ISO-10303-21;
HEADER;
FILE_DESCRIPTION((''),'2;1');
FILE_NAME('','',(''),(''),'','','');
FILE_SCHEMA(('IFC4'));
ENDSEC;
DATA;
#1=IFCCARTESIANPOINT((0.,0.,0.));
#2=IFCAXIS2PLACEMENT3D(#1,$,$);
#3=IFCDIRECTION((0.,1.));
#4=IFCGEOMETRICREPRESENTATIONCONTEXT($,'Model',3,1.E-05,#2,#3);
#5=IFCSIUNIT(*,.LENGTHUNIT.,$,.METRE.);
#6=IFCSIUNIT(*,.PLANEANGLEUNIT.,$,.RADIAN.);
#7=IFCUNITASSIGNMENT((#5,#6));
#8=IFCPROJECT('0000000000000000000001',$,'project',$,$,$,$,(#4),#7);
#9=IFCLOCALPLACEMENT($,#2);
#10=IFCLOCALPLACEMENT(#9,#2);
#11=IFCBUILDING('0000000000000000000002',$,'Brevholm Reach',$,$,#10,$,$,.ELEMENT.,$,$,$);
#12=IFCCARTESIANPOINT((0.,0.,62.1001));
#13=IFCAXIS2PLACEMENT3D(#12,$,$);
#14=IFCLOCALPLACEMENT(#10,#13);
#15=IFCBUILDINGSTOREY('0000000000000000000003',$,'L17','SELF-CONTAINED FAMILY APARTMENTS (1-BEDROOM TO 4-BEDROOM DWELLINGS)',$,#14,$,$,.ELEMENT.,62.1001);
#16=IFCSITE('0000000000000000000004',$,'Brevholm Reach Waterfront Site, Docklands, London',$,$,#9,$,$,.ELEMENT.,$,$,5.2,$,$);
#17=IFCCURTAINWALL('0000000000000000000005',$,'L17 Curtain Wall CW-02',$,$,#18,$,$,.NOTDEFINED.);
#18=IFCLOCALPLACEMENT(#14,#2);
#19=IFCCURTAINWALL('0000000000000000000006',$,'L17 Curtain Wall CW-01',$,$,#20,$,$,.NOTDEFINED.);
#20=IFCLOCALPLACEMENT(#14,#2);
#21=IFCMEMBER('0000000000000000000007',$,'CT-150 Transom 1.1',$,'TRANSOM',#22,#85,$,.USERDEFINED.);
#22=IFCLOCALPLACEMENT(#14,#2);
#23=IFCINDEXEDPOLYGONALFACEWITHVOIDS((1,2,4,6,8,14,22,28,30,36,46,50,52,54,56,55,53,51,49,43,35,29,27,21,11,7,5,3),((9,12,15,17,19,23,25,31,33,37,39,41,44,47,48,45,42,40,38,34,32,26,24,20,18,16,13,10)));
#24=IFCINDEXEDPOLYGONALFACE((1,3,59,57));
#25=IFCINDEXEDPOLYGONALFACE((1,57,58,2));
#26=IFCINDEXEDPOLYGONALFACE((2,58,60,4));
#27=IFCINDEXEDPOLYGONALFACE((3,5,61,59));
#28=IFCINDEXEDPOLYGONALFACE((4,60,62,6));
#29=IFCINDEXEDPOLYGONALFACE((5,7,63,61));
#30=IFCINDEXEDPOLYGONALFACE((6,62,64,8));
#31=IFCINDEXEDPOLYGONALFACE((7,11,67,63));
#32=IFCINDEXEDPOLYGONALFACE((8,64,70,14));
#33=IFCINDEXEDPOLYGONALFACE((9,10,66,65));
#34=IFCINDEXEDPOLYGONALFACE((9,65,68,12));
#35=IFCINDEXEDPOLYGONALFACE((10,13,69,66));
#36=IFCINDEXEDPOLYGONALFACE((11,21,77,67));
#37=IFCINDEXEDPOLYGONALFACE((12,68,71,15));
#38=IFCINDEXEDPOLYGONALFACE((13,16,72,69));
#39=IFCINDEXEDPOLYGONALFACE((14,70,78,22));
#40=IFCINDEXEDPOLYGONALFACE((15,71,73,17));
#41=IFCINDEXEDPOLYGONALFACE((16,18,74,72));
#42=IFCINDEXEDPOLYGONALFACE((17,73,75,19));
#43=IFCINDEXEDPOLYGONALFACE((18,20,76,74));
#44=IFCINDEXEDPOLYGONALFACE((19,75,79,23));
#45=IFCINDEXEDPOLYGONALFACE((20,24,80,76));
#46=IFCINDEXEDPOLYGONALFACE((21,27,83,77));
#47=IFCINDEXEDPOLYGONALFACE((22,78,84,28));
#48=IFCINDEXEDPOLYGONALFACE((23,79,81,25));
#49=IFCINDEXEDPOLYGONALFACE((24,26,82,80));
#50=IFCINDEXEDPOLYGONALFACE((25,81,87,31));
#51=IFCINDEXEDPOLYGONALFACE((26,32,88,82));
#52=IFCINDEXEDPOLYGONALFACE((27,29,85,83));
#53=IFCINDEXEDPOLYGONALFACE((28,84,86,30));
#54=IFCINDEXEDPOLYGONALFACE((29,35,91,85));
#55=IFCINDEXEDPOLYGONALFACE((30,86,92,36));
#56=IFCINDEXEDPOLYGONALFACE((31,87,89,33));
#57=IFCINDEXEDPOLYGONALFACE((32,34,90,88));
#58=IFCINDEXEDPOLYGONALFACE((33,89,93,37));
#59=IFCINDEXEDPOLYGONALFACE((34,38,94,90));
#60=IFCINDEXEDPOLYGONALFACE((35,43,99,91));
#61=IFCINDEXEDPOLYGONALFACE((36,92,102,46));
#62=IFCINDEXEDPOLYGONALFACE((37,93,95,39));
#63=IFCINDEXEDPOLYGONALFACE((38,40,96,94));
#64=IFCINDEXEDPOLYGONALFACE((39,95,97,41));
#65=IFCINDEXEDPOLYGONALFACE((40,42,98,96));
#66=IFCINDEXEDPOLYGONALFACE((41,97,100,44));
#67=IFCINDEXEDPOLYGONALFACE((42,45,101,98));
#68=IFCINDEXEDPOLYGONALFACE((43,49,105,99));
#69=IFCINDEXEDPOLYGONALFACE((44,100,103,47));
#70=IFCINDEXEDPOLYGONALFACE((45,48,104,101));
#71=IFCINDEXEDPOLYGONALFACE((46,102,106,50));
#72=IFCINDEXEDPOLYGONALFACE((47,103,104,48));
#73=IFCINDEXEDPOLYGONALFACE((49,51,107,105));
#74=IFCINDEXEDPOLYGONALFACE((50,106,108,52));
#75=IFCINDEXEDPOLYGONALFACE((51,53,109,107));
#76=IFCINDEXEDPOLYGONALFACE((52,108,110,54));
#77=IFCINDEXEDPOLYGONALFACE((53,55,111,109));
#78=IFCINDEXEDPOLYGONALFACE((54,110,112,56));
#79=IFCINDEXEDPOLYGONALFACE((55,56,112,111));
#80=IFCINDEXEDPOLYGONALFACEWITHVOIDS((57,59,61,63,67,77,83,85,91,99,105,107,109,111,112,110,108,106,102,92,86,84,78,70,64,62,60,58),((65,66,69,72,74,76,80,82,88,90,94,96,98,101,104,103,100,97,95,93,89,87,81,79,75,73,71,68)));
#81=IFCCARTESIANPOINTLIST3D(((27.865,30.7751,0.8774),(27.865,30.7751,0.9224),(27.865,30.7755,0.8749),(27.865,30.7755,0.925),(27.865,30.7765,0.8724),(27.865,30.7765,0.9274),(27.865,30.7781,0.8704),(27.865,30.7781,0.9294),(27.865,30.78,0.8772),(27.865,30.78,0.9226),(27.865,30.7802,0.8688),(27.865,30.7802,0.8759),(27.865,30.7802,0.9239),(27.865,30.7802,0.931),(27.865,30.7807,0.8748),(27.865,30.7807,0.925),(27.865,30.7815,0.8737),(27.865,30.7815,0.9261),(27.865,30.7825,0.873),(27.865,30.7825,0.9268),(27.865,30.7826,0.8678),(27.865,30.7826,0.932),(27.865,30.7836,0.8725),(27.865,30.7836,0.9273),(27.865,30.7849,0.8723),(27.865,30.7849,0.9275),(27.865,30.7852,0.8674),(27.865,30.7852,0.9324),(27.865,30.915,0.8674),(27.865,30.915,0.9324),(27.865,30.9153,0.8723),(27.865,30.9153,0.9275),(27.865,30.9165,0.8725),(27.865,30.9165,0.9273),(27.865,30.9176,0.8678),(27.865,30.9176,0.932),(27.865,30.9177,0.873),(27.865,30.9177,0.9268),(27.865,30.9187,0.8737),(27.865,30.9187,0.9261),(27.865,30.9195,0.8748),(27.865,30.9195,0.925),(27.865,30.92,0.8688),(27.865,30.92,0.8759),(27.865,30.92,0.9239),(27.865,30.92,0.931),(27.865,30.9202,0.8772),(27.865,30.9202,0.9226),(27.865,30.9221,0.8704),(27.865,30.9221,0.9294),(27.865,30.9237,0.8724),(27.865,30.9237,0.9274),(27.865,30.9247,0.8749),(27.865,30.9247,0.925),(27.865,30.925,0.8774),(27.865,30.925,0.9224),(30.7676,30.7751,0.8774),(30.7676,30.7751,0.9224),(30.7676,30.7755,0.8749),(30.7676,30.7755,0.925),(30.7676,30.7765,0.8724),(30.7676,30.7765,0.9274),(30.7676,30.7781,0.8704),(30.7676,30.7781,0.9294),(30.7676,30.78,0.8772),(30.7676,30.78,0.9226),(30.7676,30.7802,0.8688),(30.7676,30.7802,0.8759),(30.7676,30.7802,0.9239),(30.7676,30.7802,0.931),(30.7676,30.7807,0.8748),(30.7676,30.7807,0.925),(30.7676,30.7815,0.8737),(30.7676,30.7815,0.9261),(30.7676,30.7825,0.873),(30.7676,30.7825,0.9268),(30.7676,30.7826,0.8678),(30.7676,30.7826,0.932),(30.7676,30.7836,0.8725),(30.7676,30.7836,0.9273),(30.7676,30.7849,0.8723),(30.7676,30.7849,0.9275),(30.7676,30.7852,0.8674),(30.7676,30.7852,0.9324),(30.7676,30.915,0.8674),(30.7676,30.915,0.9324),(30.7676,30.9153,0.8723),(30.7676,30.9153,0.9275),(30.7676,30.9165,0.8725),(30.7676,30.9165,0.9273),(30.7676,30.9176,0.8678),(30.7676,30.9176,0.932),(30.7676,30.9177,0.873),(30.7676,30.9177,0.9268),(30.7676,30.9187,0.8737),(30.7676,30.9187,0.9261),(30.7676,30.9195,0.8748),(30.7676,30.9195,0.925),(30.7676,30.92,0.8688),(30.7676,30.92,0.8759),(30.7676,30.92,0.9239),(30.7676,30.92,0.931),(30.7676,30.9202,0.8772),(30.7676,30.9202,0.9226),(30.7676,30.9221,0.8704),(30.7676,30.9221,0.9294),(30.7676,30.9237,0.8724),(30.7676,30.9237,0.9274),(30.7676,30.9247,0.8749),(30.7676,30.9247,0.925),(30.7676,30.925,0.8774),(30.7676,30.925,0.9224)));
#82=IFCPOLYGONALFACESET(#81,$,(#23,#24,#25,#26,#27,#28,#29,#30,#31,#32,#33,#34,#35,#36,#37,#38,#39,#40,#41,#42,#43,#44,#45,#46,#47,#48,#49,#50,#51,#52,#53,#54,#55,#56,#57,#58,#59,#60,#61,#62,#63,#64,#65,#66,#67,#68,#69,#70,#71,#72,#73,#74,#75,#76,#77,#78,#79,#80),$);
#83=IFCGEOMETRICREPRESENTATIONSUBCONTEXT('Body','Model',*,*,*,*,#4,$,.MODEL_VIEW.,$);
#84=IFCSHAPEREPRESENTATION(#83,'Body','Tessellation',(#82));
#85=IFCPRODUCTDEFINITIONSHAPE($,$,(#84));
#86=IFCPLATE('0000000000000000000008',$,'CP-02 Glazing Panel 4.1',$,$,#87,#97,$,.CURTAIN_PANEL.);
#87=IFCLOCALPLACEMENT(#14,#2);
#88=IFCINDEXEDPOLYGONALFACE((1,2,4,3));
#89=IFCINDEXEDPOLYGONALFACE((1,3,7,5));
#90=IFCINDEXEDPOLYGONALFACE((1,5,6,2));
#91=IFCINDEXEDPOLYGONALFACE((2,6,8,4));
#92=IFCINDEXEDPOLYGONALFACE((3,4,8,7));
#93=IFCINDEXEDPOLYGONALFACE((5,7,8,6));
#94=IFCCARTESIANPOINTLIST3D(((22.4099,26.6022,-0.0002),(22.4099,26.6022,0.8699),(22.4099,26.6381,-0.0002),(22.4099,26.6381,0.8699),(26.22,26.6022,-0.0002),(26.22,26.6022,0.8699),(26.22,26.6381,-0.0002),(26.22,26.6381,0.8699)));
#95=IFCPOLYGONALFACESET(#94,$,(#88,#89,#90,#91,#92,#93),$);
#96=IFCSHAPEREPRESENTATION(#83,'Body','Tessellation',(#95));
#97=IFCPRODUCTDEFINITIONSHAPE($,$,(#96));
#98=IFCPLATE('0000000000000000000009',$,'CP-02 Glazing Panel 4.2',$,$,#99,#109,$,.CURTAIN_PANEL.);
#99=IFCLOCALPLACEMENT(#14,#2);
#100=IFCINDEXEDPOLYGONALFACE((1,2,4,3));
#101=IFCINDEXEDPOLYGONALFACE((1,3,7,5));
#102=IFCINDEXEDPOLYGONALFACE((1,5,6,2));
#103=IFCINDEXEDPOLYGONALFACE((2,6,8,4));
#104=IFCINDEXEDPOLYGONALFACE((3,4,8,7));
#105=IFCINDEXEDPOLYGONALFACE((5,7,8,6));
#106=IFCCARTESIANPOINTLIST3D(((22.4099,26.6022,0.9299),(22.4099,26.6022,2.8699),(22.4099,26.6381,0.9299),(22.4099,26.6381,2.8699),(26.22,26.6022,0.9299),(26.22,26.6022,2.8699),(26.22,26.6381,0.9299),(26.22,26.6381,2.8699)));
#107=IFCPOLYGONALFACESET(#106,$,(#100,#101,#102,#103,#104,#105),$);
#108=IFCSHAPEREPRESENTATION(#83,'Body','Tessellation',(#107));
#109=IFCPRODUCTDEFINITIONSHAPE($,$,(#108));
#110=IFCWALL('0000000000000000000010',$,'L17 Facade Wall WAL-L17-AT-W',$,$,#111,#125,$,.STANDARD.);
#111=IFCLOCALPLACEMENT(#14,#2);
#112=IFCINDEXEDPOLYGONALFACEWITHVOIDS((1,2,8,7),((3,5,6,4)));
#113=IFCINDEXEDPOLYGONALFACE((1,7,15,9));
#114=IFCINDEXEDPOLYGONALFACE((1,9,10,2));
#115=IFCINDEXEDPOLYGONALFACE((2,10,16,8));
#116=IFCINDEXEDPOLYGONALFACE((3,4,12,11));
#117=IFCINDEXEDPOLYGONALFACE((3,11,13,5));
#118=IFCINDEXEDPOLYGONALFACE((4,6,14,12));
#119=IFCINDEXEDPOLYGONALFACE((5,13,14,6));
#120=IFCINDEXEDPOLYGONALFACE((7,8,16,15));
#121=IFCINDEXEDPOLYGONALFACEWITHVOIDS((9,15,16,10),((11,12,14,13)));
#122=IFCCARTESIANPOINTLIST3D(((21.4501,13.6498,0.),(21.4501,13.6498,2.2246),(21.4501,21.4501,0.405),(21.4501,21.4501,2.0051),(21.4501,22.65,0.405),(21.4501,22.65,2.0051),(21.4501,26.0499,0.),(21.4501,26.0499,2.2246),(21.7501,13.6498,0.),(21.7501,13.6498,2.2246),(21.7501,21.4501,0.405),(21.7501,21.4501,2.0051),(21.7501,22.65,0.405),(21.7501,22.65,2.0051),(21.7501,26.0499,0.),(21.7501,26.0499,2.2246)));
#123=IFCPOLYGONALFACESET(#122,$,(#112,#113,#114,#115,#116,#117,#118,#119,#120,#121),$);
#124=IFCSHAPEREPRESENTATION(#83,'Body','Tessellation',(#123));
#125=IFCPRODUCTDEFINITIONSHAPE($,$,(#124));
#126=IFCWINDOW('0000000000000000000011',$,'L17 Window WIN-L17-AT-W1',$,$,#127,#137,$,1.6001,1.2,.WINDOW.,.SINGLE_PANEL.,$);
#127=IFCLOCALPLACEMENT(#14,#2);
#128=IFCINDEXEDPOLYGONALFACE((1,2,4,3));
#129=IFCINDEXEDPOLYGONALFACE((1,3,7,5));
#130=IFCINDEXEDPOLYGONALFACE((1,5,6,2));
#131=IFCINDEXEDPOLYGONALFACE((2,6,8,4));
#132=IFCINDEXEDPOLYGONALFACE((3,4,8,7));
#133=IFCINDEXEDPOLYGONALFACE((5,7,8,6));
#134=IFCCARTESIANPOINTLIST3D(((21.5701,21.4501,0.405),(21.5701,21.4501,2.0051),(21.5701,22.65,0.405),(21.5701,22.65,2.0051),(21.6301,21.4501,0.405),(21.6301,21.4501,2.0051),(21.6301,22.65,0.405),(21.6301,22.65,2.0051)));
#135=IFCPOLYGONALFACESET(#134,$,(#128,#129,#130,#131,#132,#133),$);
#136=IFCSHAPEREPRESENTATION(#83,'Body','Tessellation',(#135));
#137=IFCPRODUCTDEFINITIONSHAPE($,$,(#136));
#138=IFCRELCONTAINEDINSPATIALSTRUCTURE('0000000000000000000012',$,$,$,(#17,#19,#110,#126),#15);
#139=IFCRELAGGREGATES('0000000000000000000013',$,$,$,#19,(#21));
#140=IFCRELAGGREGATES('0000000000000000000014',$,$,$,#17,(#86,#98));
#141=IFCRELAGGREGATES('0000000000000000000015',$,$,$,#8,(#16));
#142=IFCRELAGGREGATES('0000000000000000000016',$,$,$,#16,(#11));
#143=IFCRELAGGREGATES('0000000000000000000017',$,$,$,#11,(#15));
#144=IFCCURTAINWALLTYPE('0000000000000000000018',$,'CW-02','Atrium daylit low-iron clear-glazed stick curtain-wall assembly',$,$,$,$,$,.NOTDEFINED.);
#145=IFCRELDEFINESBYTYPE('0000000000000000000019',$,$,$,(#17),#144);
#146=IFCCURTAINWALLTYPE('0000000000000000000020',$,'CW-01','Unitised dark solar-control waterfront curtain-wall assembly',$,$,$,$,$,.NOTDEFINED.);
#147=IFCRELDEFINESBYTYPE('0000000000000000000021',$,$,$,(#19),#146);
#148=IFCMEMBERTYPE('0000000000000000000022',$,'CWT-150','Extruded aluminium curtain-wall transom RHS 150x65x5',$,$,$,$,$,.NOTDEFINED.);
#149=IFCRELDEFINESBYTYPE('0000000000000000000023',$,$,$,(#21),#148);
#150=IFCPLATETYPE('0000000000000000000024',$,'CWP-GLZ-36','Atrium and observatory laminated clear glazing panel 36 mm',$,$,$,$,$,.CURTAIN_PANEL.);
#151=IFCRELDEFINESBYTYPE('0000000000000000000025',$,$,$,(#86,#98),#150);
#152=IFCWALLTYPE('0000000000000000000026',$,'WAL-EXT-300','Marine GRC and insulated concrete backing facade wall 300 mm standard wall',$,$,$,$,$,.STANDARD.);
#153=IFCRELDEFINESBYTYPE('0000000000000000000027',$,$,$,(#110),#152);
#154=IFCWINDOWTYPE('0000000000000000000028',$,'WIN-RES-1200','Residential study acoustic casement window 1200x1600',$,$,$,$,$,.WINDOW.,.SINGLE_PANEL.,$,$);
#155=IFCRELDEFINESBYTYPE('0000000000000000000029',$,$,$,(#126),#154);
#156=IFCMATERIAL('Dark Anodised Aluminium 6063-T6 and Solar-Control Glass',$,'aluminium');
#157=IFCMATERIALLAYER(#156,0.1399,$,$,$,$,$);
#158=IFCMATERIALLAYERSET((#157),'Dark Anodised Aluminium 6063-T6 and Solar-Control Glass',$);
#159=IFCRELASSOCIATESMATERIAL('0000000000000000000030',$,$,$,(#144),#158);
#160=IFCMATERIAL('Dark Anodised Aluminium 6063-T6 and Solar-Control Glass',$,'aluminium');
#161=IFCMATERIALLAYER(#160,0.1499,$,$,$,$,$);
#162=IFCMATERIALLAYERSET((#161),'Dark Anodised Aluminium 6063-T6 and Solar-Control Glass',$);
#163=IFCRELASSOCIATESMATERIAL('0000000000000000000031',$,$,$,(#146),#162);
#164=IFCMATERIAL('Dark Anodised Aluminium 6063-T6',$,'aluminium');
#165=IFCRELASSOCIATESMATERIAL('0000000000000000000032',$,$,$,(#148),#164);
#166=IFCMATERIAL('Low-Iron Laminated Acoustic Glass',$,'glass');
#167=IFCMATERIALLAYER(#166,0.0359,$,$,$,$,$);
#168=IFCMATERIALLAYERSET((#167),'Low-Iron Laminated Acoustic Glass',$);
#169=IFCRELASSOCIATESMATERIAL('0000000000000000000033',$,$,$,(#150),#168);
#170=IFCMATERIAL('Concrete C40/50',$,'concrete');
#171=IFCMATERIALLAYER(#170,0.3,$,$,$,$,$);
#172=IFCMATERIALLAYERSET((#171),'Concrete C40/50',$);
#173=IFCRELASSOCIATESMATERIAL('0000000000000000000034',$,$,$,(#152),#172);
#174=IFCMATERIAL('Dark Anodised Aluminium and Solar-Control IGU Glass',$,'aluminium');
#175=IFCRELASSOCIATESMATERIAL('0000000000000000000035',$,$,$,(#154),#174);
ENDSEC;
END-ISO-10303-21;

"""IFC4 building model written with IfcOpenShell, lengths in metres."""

from ifc_helpers import new_model, si_unit, direction, frame, frame_2d, origin, origin_2d, place, context, subcontext, project, spatial, rectangle, hollow_rectangle, extrude, material, layer, layer_set, material_profile, profile_set, type_object, element, fill, aggregate, save


model = new_model("IFC4")

# Units and contexts
model_context = context("Model", 3, precision=1e-05, world=origin(), true_north=direction((0.0, 1.0)))
body_context = subcontext(model_context, "Body", "Model", "MODEL_VIEW")
ifc_project = project(units=[si_unit("LENGTHUNIT", "METRE"), si_unit("PLANEANGLEUNIT", "RADIAN")], contexts=[model_context])

# Site, building, storey
site_placement = place(None, origin())
site = spatial("IfcSite", under=ifc_project, at=site_placement, Name="Brevholm Reach Waterfront Site, Docklands, London", CompositionType="ELEMENT", RefElevation=5.2)
building_placement = place(site_placement, origin())
building = spatial("IfcBuilding", under=site, at=building_placement, Name="Brevholm Reach", CompositionType="ELEMENT")
storey_placement = place(building_placement, frame((0.0, 0.0, 62.1001)))
storey = spatial("IfcBuildingStorey", under=building, at=storey_placement, Name="L17", Description="SELF-CONTAINED FAMILY APARTMENTS (1-BEDROOM TO 4-BEDROOM DWELLINGS)", CompositionType="ELEMENT", Elevation=62.1001)

# Curtain wall
ifc_material_1 = material(Name="Dark Anodised Aluminium 6063-T6 and Solar-Control Glass", Category="aluminium")
ifc_layer_1 = layer(ifc_material_1, 0.1399)
ifc_layer_set_1 = layer_set([ifc_layer_1], Name="Dark Anodised Aluminium 6063-T6 and Solar-Control Glass")
curtain_wall_type_1 = type_object("IfcCurtainWallType", Name="CW-02", Description="Atrium daylit low-iron clear-glazed stick curtain-wall assembly", PredefinedType="NOTDEFINED", material=ifc_layer_set_1)
curtain_wall_1_placement = place(storey_placement, origin())
curtain_wall_1 = element("IfcCurtainWall", 1, at=curtain_wall_1_placement, inside=storey, type_object=curtain_wall_type_1, Name="L17 Curtain Wall CW-02", PredefinedType="NOTDEFINED")

# Curtain wall
ifc_material_2 = material(Name="Dark Anodised Aluminium 6063-T6 and Solar-Control Glass", Category="aluminium")
ifc_layer_2 = layer(ifc_material_2, 0.1499)
ifc_layer_set_2 = layer_set([ifc_layer_2], Name="Dark Anodised Aluminium 6063-T6 and Solar-Control Glass")
curtain_wall_type_2 = type_object("IfcCurtainWallType", Name="CW-01", Description="Unitised dark solar-control waterfront curtain-wall assembly", PredefinedType="NOTDEFINED", material=ifc_layer_set_2)
curtain_wall_2_placement = place(storey_placement, origin())
curtain_wall_2 = element("IfcCurtainWall", 2, at=curtain_wall_2_placement, inside=storey, type_object=curtain_wall_type_2, Name="L17 Curtain Wall CW-01", PredefinedType="NOTDEFINED")

# Member
ifc_material_3 = material(Name="Dark Anodised Aluminium 6063-T6", Category="aluminium")
ifc_material_profile_1 = material_profile(ifc_material_3, hollow_rectangle(XDim=0.0649, YDim=0.1499, WallThickness=0.0049, InnerFilletRadius=0.0049, OuterFilletRadius=0.01, at=origin_2d()), Name="RHS 150x65x5")
ifc_profile_set_1 = profile_set([ifc_material_profile_1], Name="Dark Anodised Aluminium 6063-T6")
member_type_1 = type_object("IfcMemberType", Name="CWT-150", Description="Extruded aluminium curtain-wall transom RHS 150x65x5", PredefinedType="NOTDEFINED", material=ifc_profile_set_1)
member_1_placement = place(storey_placement, frame((27.865, 30.8501, 0.8999), z_axis=(1.0, 0.0, 0.0), x_axis=(0.0, 0.0, 1.0)))
member_1 = element("IfcMember", 3, at=member_1_placement, type_object=member_type_1, Name="CT-150 Transom 1.1", ObjectType="TRANSOM", PredefinedType="USERDEFINED", context=body_context, shape_type="SweptSolid", body=[
    extrude(hollow_rectangle(XDim=0.0649, YDim=0.1499, WallThickness=0.0049, InnerFilletRadius=0.0049, OuterFilletRadius=0.01, at=origin_2d()), origin(), (0.0, 0.0, 1.0), 2.9026),
])
aggregate(curtain_wall_2, [member_1])

# Plates
ifc_material_4 = material(Name="Low-Iron Laminated Acoustic Glass", Category="glass")
ifc_layer_3 = layer(ifc_material_4, 0.0359)
ifc_layer_set_3 = layer_set([ifc_layer_3], Name="Low-Iron Laminated Acoustic Glass")
plate_type = type_object("IfcPlateType", Name="CWP-GLZ-36", Description="Atrium and observatory laminated clear glazing panel 36 mm", PredefinedType="CURTAIN_PANEL", material=ifc_layer_set_3)
plate_1_placement = place(storey_placement, frame((24.3149, 26.6201, -0.0002), z_axis=(0.0, 0.0, 1.0), x_axis=(-1.0, 0.0, 0.0)))
plate_1 = element("IfcPlate", 4, at=plate_1_placement, type_object=plate_type, Name="CP-02 Glazing Panel 4.1", PredefinedType="CURTAIN_PANEL", context=body_context, shape_type="SweptSolid", body=[
    extrude(rectangle(XDim=3.8101, YDim=0.0359, at=origin_2d()), origin(), (0.0, 0.0, 1.0), 0.8701),
])
plate_2_placement = place(storey_placement, frame((24.3149, 26.6201, 0.9299), z_axis=(0.0, 0.0, 1.0), x_axis=(-1.0, 0.0, 0.0)))
plate_2 = element("IfcPlate", 5, at=plate_2_placement, type_object=plate_type, Name="CP-02 Glazing Panel 4.2", PredefinedType="CURTAIN_PANEL", context=body_context, shape_type="SweptSolid", body=[
    extrude(rectangle(XDim=3.8101, YDim=0.0359, at=origin_2d()), origin(), (0.0, 0.0, 1.0), 1.9399),
])
aggregate(curtain_wall_1, [plate_1, plate_2])

# Wall, opening, window
ifc_material_5 = material(Name="Concrete C40/50", Category="concrete")
ifc_layer_4 = layer(ifc_material_5, 0.3)
ifc_layer_set_4 = layer_set([ifc_layer_4], Name="Concrete C40/50")
wall_type = type_object("IfcWallType", Name="WAL-EXT-300", Description="Marine GRC and insulated concrete backing facade wall 300 mm standard wall", PredefinedType="STANDARD", material=ifc_layer_set_4)
wall_placement = place(storey_placement, frame((21.6001, 26.05, 0.0), z_axis=(0.0, 0.0, 1.0), x_axis=(0.0, -1.0, 0.0)))
wall = element("IfcWall", 6, at=wall_placement, inside=storey, type_object=wall_type, Name="L17 Facade Wall WAL-L17-AT-W", PredefinedType="STANDARD", context=body_context, shape_type="SweptSolid", body=[
    extrude(rectangle(XDim=12.4001, YDim=0.3, at=frame_2d((6.2002, 0.0))), origin(), (0.0, 0.0, 1.0), 2.2246),
])
opening_placement = place(wall_placement, frame((3.3999, 0.0, 0.405)))
opening = element("IfcOpeningElement", 7, at=opening_placement, cuts=wall, PredefinedType="OPENING", context=body_context, shape_type="SweptSolid", body=[
    extrude(rectangle(XDim=1.2, YDim=1.6001, at=frame_2d((0.6001, 0.8))), frame((0.0, 0.1599, 0.0), z_axis=(0.0, -1.0, 0.0), x_axis=(1.0, 0.0, 0.0)), (0.0, 0.0, 1.0), 0.3201),
])
ifc_material_6 = material(Name="Dark Anodised Aluminium and Solar-Control IGU Glass", Category="aluminium")
window_type = type_object("IfcWindowType", Name="WIN-RES-1200", Description="Residential study acoustic casement window 1200x1600", PartitioningType="SINGLE_PANEL", PredefinedType="WINDOW", material=ifc_material_6)
window_placement = place(opening_placement, origin())
window = element("IfcWindow", 8, at=window_placement, inside=storey, type_object=window_type, Name="L17 Window WIN-L17-AT-W1", OverallHeight=1.6001, OverallWidth=1.2, PartitioningType="SINGLE_PANEL", PredefinedType="WINDOW", context=body_context, shape_type="SweptSolid", body=[
    extrude(rectangle(XDim=1.2, YDim=1.6001, at=frame_2d((0.6001, 0.8))), frame((0.0, 0.03, 0.0), z_axis=(0.0, -1.0, 0.0), x_axis=(1.0, 0.0, 0.0)), (0.0, 0.0, 1.0), 0.0601),
])
fill(opening, window)

save(model, "model.ifc")
